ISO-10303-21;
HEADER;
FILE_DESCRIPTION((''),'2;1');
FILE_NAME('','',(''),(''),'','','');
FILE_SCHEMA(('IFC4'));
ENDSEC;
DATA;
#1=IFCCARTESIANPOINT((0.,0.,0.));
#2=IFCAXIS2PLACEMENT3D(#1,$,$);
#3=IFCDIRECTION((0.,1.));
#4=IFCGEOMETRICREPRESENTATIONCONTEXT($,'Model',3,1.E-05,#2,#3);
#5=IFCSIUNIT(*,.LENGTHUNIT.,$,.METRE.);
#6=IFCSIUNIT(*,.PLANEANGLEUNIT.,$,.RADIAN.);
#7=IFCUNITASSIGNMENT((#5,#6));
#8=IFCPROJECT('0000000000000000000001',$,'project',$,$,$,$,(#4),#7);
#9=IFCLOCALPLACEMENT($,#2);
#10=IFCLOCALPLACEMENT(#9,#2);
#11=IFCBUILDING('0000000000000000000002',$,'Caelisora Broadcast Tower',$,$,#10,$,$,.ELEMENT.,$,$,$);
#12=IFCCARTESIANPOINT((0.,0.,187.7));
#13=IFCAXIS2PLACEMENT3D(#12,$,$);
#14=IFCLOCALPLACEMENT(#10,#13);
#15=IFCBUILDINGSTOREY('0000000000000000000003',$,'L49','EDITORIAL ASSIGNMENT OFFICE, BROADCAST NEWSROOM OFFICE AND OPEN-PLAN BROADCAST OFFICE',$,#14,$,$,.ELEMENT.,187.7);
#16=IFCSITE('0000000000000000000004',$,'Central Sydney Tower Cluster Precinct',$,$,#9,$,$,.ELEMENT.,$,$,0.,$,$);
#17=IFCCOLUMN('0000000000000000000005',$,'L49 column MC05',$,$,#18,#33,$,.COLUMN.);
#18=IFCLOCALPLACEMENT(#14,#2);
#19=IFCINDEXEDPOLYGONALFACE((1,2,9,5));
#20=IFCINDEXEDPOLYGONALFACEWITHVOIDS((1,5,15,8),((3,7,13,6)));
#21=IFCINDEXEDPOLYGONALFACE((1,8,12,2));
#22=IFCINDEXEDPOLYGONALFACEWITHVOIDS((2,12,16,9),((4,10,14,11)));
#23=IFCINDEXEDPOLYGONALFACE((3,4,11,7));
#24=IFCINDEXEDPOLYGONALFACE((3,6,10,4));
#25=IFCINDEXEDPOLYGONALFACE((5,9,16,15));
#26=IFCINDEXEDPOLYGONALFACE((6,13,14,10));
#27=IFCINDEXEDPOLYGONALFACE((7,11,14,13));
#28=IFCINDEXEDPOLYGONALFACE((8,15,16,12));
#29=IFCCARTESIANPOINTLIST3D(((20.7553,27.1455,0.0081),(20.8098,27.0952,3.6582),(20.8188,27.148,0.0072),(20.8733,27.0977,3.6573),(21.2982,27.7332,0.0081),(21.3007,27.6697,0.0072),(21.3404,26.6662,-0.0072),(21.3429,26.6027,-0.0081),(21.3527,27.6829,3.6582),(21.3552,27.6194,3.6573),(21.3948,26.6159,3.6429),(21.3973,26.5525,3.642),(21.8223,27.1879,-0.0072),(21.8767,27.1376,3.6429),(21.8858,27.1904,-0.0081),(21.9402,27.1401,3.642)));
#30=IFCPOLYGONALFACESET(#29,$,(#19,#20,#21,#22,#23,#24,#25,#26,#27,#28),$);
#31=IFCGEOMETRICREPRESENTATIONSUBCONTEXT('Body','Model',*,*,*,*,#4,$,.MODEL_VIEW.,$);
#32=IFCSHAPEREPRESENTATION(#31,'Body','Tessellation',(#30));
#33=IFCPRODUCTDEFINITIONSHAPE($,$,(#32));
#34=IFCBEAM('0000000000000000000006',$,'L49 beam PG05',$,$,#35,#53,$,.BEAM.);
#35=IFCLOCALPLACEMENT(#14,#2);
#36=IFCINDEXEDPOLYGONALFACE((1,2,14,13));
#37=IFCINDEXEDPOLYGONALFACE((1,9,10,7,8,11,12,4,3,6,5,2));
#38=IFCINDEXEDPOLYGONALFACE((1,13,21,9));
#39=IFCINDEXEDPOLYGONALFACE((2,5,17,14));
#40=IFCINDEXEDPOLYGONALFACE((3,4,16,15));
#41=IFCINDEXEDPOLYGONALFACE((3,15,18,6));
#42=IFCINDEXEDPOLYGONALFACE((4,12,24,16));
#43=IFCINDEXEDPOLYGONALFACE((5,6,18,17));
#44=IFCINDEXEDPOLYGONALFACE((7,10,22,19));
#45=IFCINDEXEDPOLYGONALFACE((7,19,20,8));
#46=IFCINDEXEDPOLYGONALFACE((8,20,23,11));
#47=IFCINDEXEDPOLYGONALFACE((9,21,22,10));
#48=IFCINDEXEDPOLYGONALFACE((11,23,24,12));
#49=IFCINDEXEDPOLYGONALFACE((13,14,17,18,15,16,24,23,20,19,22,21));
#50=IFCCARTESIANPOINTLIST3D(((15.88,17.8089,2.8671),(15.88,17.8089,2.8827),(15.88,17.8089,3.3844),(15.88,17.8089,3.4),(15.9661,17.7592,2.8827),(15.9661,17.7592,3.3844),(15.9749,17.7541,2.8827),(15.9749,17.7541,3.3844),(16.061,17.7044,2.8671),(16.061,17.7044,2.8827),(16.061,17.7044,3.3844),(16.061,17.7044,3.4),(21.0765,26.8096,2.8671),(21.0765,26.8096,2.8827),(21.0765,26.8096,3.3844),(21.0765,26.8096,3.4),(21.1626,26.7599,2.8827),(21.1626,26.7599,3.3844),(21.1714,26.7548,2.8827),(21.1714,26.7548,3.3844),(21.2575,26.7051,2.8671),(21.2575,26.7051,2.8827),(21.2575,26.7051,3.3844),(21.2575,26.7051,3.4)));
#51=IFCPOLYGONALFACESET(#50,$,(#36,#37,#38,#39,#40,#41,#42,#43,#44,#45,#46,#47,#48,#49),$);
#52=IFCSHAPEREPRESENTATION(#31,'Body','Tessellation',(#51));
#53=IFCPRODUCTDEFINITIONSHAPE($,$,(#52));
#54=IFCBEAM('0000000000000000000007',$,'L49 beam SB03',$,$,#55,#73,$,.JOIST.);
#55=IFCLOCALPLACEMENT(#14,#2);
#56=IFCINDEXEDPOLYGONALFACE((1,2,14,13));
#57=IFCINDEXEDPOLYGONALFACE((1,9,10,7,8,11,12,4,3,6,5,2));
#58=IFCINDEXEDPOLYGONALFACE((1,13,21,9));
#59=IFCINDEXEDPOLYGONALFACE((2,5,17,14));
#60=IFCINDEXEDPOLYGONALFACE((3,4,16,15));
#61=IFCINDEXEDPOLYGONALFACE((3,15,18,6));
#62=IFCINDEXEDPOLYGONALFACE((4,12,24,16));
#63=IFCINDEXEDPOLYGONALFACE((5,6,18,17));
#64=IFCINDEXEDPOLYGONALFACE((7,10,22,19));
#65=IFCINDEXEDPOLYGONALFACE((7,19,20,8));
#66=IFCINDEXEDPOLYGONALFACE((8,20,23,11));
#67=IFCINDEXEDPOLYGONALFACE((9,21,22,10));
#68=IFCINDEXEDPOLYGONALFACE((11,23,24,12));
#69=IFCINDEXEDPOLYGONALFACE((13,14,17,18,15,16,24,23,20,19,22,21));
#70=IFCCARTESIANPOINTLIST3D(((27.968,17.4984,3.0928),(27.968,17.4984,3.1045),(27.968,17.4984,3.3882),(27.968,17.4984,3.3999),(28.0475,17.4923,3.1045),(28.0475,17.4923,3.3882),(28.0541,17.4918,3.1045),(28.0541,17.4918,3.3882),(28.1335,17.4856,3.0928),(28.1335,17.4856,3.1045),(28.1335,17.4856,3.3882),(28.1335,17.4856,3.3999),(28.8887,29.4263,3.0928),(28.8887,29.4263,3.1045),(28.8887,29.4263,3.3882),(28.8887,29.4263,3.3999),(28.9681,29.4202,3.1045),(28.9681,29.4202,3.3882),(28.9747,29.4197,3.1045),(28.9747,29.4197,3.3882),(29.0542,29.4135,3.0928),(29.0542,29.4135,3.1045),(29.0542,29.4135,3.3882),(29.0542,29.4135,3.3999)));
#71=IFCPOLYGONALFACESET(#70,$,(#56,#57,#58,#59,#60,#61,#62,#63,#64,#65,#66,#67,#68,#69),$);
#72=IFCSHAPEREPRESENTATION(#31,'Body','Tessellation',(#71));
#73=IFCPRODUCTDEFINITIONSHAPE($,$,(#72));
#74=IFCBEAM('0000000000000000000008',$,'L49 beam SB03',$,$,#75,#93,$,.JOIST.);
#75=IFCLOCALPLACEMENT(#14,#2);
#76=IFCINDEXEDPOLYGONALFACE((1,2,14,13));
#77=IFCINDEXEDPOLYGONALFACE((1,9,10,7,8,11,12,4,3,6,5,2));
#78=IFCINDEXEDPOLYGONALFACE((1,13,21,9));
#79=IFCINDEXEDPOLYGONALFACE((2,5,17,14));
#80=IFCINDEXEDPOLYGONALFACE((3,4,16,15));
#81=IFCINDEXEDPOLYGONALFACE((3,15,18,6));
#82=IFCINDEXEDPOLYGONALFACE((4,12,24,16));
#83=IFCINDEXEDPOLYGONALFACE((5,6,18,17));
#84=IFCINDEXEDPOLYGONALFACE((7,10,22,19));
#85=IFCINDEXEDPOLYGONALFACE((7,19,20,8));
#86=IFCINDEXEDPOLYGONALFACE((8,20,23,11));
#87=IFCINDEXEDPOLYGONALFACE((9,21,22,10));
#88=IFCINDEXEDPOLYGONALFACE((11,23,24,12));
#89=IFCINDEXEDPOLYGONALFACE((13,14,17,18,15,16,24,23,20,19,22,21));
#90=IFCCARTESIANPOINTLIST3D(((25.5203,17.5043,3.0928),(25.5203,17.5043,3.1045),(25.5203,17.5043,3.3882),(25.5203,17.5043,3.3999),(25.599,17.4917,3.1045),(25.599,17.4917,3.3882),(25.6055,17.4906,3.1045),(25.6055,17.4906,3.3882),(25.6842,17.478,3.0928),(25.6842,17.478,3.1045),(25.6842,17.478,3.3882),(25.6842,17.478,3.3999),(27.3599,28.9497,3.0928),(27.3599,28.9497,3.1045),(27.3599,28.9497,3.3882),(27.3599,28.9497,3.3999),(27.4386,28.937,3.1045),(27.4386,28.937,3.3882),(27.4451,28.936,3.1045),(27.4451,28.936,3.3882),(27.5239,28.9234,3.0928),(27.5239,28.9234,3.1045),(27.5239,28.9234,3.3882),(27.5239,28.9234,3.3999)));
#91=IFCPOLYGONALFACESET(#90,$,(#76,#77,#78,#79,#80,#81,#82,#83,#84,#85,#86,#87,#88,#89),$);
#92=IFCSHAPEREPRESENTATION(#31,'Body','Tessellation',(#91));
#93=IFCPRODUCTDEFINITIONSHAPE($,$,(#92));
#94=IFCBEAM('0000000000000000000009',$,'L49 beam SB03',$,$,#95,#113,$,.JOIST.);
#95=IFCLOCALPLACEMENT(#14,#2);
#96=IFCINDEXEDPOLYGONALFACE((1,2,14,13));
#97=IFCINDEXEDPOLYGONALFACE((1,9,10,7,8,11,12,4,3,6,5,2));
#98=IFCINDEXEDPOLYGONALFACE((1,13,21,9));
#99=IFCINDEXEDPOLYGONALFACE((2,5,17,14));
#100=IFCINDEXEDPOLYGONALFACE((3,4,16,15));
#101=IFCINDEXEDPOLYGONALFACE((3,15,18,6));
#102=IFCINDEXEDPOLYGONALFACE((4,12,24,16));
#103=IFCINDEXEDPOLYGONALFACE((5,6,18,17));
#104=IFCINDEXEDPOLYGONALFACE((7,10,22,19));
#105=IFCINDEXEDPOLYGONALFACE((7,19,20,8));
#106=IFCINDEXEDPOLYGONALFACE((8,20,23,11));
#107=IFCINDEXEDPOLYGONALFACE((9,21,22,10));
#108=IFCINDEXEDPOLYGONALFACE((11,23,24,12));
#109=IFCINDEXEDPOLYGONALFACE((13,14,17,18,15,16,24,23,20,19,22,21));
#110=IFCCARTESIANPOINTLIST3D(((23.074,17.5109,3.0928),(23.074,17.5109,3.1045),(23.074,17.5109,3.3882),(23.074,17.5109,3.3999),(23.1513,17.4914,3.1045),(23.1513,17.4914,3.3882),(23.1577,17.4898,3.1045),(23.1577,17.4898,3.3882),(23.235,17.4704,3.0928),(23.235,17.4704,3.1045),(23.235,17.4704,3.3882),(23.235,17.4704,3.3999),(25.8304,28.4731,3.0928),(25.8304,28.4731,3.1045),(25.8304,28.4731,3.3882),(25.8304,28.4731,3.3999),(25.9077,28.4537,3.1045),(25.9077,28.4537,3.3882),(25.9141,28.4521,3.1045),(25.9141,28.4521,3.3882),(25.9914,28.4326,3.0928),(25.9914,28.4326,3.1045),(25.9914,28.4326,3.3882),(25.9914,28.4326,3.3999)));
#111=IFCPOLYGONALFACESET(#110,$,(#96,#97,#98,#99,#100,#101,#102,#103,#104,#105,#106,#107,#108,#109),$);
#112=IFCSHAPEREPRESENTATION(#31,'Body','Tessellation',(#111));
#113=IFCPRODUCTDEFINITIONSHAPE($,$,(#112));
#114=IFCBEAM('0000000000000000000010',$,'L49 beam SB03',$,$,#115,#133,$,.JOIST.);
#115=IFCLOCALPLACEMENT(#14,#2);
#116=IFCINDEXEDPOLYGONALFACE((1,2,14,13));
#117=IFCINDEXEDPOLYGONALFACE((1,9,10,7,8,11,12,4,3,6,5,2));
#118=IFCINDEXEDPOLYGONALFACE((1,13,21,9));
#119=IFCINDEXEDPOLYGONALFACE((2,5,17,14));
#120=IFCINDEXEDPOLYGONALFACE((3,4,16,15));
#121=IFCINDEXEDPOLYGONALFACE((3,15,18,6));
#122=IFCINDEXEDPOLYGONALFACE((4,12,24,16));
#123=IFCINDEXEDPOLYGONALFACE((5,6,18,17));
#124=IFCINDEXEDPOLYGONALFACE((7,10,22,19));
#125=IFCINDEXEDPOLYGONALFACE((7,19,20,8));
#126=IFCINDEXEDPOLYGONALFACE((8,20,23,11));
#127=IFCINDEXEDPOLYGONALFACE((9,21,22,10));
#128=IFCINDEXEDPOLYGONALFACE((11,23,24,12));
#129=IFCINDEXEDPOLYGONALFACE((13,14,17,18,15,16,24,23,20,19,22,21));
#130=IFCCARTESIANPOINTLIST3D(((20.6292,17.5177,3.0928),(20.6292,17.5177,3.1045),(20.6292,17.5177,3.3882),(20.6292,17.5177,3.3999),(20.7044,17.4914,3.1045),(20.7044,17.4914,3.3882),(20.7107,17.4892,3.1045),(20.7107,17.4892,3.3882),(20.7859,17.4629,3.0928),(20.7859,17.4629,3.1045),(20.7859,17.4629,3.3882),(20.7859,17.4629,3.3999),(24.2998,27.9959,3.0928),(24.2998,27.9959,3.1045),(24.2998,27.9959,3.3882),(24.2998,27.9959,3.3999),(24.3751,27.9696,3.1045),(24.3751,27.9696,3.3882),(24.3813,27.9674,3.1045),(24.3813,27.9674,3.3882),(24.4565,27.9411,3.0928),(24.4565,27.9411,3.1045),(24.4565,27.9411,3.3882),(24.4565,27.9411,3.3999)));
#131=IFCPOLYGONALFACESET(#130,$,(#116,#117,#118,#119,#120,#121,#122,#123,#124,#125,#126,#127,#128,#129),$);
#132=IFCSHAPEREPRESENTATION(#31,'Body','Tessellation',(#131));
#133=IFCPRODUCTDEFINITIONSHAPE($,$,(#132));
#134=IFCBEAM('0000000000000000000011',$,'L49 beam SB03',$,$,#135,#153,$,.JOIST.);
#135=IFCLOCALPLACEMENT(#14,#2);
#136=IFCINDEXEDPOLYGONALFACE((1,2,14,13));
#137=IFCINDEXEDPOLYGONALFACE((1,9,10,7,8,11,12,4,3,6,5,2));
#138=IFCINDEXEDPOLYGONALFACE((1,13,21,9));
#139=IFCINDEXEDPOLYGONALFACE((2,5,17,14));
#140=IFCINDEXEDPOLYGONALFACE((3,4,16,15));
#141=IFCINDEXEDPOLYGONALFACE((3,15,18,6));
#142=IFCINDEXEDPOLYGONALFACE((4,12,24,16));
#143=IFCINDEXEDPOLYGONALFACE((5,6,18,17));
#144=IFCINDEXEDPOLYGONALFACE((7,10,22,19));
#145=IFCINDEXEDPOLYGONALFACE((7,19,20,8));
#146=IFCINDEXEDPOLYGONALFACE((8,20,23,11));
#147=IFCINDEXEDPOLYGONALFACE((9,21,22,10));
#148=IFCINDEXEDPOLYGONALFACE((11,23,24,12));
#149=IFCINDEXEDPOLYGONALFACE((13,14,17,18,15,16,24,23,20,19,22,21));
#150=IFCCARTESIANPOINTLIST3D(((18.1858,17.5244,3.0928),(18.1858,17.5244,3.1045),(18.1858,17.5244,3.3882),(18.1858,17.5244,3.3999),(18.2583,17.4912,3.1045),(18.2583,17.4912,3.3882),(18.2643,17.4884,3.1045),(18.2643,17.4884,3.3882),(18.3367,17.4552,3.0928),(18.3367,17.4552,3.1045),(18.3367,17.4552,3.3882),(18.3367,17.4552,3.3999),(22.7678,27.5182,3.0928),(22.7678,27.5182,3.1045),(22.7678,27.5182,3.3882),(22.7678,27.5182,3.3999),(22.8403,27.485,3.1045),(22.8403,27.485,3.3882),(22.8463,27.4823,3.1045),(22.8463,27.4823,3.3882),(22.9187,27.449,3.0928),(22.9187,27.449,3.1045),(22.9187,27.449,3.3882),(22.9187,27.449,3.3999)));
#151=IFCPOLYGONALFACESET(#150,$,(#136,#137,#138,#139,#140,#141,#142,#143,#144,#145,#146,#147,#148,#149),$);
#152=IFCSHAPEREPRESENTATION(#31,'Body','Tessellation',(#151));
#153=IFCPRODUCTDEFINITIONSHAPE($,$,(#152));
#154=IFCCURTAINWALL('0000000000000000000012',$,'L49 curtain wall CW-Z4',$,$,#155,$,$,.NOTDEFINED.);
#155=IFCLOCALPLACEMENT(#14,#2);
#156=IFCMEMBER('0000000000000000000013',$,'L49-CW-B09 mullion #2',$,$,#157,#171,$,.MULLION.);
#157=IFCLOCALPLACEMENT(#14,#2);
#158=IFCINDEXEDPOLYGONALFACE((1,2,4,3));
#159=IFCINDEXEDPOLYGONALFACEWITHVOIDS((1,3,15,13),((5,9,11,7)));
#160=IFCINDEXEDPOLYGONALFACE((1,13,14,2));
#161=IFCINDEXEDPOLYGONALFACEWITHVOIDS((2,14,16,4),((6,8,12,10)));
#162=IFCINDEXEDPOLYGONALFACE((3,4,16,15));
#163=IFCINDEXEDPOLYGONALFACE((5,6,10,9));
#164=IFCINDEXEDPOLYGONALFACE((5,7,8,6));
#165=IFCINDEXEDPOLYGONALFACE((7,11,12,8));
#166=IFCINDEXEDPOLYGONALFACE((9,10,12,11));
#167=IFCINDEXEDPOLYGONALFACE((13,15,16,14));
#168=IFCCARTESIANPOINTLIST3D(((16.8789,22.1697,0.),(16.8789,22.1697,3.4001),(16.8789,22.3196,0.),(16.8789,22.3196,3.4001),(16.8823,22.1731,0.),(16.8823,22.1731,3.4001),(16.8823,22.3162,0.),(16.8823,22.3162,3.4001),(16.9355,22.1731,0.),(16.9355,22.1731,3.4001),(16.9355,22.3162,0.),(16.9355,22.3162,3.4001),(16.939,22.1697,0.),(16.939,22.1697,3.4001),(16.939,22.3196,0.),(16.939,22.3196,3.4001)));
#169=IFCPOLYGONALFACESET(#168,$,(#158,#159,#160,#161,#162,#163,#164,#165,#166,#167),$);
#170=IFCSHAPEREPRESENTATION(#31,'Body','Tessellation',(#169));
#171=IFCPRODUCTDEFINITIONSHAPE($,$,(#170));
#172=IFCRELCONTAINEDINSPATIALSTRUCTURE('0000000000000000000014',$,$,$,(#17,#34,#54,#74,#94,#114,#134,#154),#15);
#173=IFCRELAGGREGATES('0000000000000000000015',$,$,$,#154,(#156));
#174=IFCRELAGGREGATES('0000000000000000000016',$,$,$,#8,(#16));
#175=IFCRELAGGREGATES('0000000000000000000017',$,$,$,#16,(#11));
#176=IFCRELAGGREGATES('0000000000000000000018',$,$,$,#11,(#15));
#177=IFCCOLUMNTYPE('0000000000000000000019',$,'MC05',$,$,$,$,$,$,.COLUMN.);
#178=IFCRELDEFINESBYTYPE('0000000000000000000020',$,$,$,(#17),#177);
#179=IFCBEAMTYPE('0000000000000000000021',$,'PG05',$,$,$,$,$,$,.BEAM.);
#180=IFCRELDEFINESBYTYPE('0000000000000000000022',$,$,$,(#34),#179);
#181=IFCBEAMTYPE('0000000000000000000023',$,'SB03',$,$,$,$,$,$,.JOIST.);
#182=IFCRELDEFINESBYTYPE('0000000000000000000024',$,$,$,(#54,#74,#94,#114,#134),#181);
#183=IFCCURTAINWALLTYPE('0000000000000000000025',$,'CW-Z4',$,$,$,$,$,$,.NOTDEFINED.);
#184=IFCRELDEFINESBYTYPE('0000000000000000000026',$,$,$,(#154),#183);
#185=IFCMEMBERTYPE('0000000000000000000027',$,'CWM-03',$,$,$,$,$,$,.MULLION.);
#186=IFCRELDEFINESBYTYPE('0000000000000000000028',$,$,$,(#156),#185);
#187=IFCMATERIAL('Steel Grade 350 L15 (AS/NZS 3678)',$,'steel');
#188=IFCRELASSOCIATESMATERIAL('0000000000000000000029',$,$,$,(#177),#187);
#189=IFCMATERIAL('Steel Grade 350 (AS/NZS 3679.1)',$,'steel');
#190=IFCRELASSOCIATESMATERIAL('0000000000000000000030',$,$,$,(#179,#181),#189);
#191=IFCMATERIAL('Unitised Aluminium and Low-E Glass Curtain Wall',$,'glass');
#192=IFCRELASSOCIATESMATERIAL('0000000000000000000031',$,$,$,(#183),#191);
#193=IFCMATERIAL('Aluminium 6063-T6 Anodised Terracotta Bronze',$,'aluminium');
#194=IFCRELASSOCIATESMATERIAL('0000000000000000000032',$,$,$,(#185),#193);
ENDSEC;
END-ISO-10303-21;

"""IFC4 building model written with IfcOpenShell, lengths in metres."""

from ifc_helpers import new_model, si_unit, direction, frame, origin, origin_2d, place, context, subcontext, project, spatial, hollow_rectangle, i_section, extrude, source, transform, mapped, material, material_profile, profile_set, type_object, type_shapes, element, aggregate, save


model = new_model("IFC4")

# Units and contexts
model_context = context("Model", 3, precision=1e-05, world=origin(), true_north=direction((0.0, 1.0)))
body_context = subcontext(model_context, "Body", "Model", "MODEL_VIEW")
ifc_project = project(units=[si_unit("LENGTHUNIT", "METRE"), si_unit("PLANEANGLEUNIT", "RADIAN")], contexts=[model_context])

# Site, building, storey
site_placement = place(None, origin())
site = spatial("IfcSite", under=ifc_project, at=site_placement, Name="Central Sydney Tower Cluster Precinct", CompositionType="ELEMENT", RefElevation=0.0)
building_placement = place(site_placement, origin())
building = spatial("IfcBuilding", under=site, at=building_placement, Name="Caelisora Broadcast Tower", CompositionType="ELEMENT")
storey_placement = place(building_placement, frame((0.0, 0.0, 187.7)))
storey = spatial("IfcBuildingStorey", under=building, at=storey_placement, Name="L49", Description="EDITORIAL ASSIGNMENT OFFICE, BROADCAST NEWSROOM OFFICE AND OPEN-PLAN BROADCAST OFFICE", CompositionType="ELEMENT", Elevation=187.7)

# Column
ifc_material_1 = material(Name="Steel Grade 350 L15 (AS/NZS 3678)", Category="steel")
ifc_material_profile_1 = material_profile(ifc_material_1, hollow_rectangle(XDim=0.8, YDim=0.8, WallThickness=0.0449, at=origin_2d()), Name="Steel Grade 350 L15 (AS/NZS 3678)")
ifc_profile_set_1 = profile_set([ifc_material_profile_1], Name="Steel Grade 350 L15 (AS/NZS 3678)")
column_type = type_object("IfcColumnType", Name="MC05", PredefinedType="COLUMN", material=ifc_profile_set_1)
shared_shape_1 = source(origin(), body_context, "Body", "SweptSolid", [
    extrude(hollow_rectangle(XDim=0.8, YDim=0.8, WallThickness=0.0449, at=origin_2d()), origin(), (0.0, 0.0, 1.0), 3.6509),
])
type_shapes(column_type, [shared_shape_1])
column_placement = place(storey_placement, frame((21.3206, 27.168, 0.0), z_axis=(0.014912, -0.013776, 0.999794), x_axis=(0.678554, 0.734551, 0.0)))
element("IfcColumn", 1, at=column_placement, inside=storey, type_object=column_type, Name="L49 column MC05", PredefinedType="COLUMN", context=body_context, shape_type="MappedRepresentation", body=[
    mapped(shared_shape_1, transform((0.0, 0.0, 0.0), scale=1.0)),
])

# Beams
ifc_material_2 = material(Name="Steel Grade 350 (AS/NZS 3679.1)", Category="steel")
ifc_material_profile_2 = material_profile(ifc_material_2, i_section(OverallWidth=0.209, OverallDepth=0.533, WebThickness=0.0103, FlangeThickness=0.0156, at=origin_2d()), Name="Steel Grade 350 (AS/NZS 3679.1)")
ifc_profile_set_2 = profile_set([ifc_material_profile_2], Name="Steel Grade 350 (AS/NZS 3679.1)")
beam_type_1 = type_object("IfcBeamType", Name="PG05", PredefinedType="BEAM", material=ifc_profile_set_2)
shared_shape_2 = source(origin(), body_context, "Body", "SweptSolid", [
    extrude(i_section(OverallWidth=0.209, OverallDepth=0.533, WebThickness=0.0103, FlangeThickness=0.0156, at=origin_2d()), origin(), (0.0, 0.0, 1.0), 10.3931),
])
type_shapes(beam_type_1, [shared_shape_2])
beam_1_placement = place(storey_placement, frame((21.167, 26.7573, 3.1335), z_axis=(-0.499997, -0.866027, 0.0), x_axis=(0.866027, -0.499997, 0.0)))
element("IfcBeam", 2, at=beam_1_placement, inside=storey, type_object=beam_type_1, Name="L49 beam PG05", PredefinedType="BEAM", context=body_context, shape_type="MappedRepresentation", body=[
    mapped(shared_shape_2, transform((0.0, 0.0, 0.0), scale=1.0)),
])
ifc_material_profile_3 = material_profile(ifc_material_2, i_section(OverallWidth=0.166, OverallDepth=0.3071, WebThickness=0.0066, FlangeThickness=0.0117, at=origin_2d()), Name="Steel Grade 350 (AS/NZS 3679.1)")
ifc_profile_set_3 = profile_set([ifc_material_profile_3], Name="Steel Grade 350 (AS/NZS 3679.1)")
beam_type_2 = type_object("IfcBeamType", Name="SB03", PredefinedType="JOIST", material=ifc_profile_set_3)
shared_shape_3 = source(origin(), body_context, "Body", "SweptSolid", [
    extrude(i_section(OverallWidth=0.166, OverallDepth=0.3071, WebThickness=0.0066, FlangeThickness=0.0117, at=origin_2d()), origin(), (0.0, 0.0, 1.0), 11.9634),
])
beam_2_placement = place(storey_placement, frame((28.9714, 29.4199, 3.2463), z_axis=(-0.076956, -0.997035, 0.0), x_axis=(0.997035, -0.076956, 0.0)))
element("IfcBeam", 3, at=beam_2_placement, inside=storey, type_object=beam_type_2, Name="L49 beam SB03", PredefinedType="JOIST", context=body_context, shape_type="MappedRepresentation", body=[
    mapped(shared_shape_3, transform((0.0, 0.0, 0.0), scale=1.0)),
])
shared_shape_4 = source(origin(), body_context, "Body", "SweptSolid", [
    extrude(i_section(OverallWidth=0.166, OverallDepth=0.3071, WebThickness=0.0066, FlangeThickness=0.0117, at=origin_2d()), origin(), (0.0, 0.0, 1.0), 11.5923),
])
beam_3_placement = place(storey_placement, frame((27.4419, 28.9365, 3.2463), z_axis=(-0.158693, -0.987328, 0.0), x_axis=(0.987328, -0.158693, 0.0)))
element("IfcBeam", 4, at=beam_3_placement, inside=storey, type_object=beam_type_2, Name="L49 beam SB03", PredefinedType="JOIST", context=body_context, shape_type="MappedRepresentation", body=[
    mapped(shared_shape_4, transform((0.0, 0.0, 0.0), scale=1.0)),
])
shared_shape_5 = source(origin(), body_context, "Body", "SweptSolid", [
    extrude(i_section(OverallWidth=0.166, OverallDepth=0.3071, WebThickness=0.0066, FlangeThickness=0.0117, at=origin_2d()), origin(), (0.0, 0.0, 1.0), 11.3035),
])
beam_4_placement = place(storey_placement, frame((25.9109, 28.4529, 3.2463), z_axis=(-0.243852, -0.969813, 0.0), x_axis=(0.969813, -0.243852, 0.0)))
element("IfcBeam", 5, at=beam_4_placement, inside=storey, type_object=beam_type_2, Name="L49 beam SB03", PredefinedType="JOIST", context=body_context, shape_type="MappedRepresentation", body=[
    mapped(shared_shape_5, transform((0.0, 0.0, 0.0), scale=1.0)),
])
shared_shape_6 = source(origin(), body_context, "Body", "SweptSolid", [
    extrude(i_section(OverallWidth=0.166, OverallDepth=0.3071, WebThickness=0.0066, FlangeThickness=0.0117, at=origin_2d()), origin(), (0.0, 0.0, 1.0), 11.1025),
])
beam_5_placement = place(storey_placement, frame((24.3782, 27.9685, 3.2463), z_axis=(-0.330612, -0.943767, 0.0), x_axis=(0.943767, -0.330612, 0.0)))
element("IfcBeam", 6, at=beam_5_placement, inside=storey, type_object=beam_type_2, Name="L49 beam SB03", PredefinedType="JOIST", context=body_context, shape_type="MappedRepresentation", body=[
    mapped(shared_shape_6, transform((0.0, 0.0, 0.0), scale=1.0)),
])
shared_shape_7 = source(origin(), body_context, "Body", "SweptSolid", [
    extrude(i_section(OverallWidth=0.166, OverallDepth=0.3071, WebThickness=0.0066, FlangeThickness=0.0117, at=origin_2d()), origin(), (0.0, 0.0, 1.0), 10.9941),
])
type_shapes(beam_type_2, [shared_shape_3, shared_shape_4, shared_shape_5, shared_shape_6, shared_shape_7])
beam_6_placement = place(storey_placement, frame((22.8433, 27.4836, 3.2463), z_axis=(-0.416767, -0.909013, 0.0), x_axis=(0.909013, -0.416767, 0.0)))
element("IfcBeam", 7, at=beam_6_placement, inside=storey, type_object=beam_type_2, Name="L49 beam SB03", PredefinedType="JOIST", context=body_context, shape_type="MappedRepresentation", body=[
    mapped(shared_shape_7, transform((0.0, 0.0, 0.0), scale=1.0)),
])

# Curtain wall, member
ifc_material_3 = material(Name="Unitised Aluminium and Low-E Glass Curtain Wall", Category="glass")
curtain_wall_type_1 = type_object("IfcCurtainWallType", Name="CW-Z4", PredefinedType="NOTDEFINED", material=ifc_material_3)
curtain_wall_1_placement = place(storey_placement, origin())
curtain_wall_1 = element("IfcCurtainWall", 8, at=curtain_wall_1_placement, inside=storey, type_object=curtain_wall_type_1, Name="L49 curtain wall CW-Z4", PredefinedType="NOTDEFINED")
ifc_material_4 = material(Name="Aluminium 6063-T6 Anodised Terracotta Bronze", Category="aluminium")
ifc_material_profile_4 = material_profile(ifc_material_4, hollow_rectangle(XDim=0.0601, YDim=0.1499, WallThickness=0.0034, at=origin_2d()), Name="Aluminium 6063-T6 Anodised Terracotta Bronze")
ifc_profile_set_4 = profile_set([ifc_material_profile_4], Name="Aluminium 6063-T6 Anodised Terracotta Bronze")
member_type_1 = type_object("IfcMemberType", Name="CWM-03", PredefinedType="MULLION", material=ifc_profile_set_4)
shared_shape_8 = source(origin(), body_context, "Body", "SweptSolid", [
    extrude(hollow_rectangle(XDim=0.0601, YDim=0.1499, WallThickness=0.0034, at=origin_2d()), origin(), (0.0, 0.0, 1.0), 3.4001),
])
type_shapes(member_type_1, [shared_shape_8])
member_1_placement = place(storey_placement, frame((16.9089, 22.2446, 0.0), z_axis=(0.0, 0.0, 1.0), x_axis=(1.0, 0.0, 0.0)))
member_1 = element("IfcMember", 9, at=member_1_placement, type_object=member_type_1, Name="L49-CW-B09 mullion #2", PredefinedType="MULLION", context=body_context, shape_type="MappedRepresentation", body=[
    mapped(shared_shape_8, transform((0.0, 0.0, 0.0), scale=1.0)),
])

aggregate(curtain_wall_1, [member_1])

save(model, "model.ifc")
